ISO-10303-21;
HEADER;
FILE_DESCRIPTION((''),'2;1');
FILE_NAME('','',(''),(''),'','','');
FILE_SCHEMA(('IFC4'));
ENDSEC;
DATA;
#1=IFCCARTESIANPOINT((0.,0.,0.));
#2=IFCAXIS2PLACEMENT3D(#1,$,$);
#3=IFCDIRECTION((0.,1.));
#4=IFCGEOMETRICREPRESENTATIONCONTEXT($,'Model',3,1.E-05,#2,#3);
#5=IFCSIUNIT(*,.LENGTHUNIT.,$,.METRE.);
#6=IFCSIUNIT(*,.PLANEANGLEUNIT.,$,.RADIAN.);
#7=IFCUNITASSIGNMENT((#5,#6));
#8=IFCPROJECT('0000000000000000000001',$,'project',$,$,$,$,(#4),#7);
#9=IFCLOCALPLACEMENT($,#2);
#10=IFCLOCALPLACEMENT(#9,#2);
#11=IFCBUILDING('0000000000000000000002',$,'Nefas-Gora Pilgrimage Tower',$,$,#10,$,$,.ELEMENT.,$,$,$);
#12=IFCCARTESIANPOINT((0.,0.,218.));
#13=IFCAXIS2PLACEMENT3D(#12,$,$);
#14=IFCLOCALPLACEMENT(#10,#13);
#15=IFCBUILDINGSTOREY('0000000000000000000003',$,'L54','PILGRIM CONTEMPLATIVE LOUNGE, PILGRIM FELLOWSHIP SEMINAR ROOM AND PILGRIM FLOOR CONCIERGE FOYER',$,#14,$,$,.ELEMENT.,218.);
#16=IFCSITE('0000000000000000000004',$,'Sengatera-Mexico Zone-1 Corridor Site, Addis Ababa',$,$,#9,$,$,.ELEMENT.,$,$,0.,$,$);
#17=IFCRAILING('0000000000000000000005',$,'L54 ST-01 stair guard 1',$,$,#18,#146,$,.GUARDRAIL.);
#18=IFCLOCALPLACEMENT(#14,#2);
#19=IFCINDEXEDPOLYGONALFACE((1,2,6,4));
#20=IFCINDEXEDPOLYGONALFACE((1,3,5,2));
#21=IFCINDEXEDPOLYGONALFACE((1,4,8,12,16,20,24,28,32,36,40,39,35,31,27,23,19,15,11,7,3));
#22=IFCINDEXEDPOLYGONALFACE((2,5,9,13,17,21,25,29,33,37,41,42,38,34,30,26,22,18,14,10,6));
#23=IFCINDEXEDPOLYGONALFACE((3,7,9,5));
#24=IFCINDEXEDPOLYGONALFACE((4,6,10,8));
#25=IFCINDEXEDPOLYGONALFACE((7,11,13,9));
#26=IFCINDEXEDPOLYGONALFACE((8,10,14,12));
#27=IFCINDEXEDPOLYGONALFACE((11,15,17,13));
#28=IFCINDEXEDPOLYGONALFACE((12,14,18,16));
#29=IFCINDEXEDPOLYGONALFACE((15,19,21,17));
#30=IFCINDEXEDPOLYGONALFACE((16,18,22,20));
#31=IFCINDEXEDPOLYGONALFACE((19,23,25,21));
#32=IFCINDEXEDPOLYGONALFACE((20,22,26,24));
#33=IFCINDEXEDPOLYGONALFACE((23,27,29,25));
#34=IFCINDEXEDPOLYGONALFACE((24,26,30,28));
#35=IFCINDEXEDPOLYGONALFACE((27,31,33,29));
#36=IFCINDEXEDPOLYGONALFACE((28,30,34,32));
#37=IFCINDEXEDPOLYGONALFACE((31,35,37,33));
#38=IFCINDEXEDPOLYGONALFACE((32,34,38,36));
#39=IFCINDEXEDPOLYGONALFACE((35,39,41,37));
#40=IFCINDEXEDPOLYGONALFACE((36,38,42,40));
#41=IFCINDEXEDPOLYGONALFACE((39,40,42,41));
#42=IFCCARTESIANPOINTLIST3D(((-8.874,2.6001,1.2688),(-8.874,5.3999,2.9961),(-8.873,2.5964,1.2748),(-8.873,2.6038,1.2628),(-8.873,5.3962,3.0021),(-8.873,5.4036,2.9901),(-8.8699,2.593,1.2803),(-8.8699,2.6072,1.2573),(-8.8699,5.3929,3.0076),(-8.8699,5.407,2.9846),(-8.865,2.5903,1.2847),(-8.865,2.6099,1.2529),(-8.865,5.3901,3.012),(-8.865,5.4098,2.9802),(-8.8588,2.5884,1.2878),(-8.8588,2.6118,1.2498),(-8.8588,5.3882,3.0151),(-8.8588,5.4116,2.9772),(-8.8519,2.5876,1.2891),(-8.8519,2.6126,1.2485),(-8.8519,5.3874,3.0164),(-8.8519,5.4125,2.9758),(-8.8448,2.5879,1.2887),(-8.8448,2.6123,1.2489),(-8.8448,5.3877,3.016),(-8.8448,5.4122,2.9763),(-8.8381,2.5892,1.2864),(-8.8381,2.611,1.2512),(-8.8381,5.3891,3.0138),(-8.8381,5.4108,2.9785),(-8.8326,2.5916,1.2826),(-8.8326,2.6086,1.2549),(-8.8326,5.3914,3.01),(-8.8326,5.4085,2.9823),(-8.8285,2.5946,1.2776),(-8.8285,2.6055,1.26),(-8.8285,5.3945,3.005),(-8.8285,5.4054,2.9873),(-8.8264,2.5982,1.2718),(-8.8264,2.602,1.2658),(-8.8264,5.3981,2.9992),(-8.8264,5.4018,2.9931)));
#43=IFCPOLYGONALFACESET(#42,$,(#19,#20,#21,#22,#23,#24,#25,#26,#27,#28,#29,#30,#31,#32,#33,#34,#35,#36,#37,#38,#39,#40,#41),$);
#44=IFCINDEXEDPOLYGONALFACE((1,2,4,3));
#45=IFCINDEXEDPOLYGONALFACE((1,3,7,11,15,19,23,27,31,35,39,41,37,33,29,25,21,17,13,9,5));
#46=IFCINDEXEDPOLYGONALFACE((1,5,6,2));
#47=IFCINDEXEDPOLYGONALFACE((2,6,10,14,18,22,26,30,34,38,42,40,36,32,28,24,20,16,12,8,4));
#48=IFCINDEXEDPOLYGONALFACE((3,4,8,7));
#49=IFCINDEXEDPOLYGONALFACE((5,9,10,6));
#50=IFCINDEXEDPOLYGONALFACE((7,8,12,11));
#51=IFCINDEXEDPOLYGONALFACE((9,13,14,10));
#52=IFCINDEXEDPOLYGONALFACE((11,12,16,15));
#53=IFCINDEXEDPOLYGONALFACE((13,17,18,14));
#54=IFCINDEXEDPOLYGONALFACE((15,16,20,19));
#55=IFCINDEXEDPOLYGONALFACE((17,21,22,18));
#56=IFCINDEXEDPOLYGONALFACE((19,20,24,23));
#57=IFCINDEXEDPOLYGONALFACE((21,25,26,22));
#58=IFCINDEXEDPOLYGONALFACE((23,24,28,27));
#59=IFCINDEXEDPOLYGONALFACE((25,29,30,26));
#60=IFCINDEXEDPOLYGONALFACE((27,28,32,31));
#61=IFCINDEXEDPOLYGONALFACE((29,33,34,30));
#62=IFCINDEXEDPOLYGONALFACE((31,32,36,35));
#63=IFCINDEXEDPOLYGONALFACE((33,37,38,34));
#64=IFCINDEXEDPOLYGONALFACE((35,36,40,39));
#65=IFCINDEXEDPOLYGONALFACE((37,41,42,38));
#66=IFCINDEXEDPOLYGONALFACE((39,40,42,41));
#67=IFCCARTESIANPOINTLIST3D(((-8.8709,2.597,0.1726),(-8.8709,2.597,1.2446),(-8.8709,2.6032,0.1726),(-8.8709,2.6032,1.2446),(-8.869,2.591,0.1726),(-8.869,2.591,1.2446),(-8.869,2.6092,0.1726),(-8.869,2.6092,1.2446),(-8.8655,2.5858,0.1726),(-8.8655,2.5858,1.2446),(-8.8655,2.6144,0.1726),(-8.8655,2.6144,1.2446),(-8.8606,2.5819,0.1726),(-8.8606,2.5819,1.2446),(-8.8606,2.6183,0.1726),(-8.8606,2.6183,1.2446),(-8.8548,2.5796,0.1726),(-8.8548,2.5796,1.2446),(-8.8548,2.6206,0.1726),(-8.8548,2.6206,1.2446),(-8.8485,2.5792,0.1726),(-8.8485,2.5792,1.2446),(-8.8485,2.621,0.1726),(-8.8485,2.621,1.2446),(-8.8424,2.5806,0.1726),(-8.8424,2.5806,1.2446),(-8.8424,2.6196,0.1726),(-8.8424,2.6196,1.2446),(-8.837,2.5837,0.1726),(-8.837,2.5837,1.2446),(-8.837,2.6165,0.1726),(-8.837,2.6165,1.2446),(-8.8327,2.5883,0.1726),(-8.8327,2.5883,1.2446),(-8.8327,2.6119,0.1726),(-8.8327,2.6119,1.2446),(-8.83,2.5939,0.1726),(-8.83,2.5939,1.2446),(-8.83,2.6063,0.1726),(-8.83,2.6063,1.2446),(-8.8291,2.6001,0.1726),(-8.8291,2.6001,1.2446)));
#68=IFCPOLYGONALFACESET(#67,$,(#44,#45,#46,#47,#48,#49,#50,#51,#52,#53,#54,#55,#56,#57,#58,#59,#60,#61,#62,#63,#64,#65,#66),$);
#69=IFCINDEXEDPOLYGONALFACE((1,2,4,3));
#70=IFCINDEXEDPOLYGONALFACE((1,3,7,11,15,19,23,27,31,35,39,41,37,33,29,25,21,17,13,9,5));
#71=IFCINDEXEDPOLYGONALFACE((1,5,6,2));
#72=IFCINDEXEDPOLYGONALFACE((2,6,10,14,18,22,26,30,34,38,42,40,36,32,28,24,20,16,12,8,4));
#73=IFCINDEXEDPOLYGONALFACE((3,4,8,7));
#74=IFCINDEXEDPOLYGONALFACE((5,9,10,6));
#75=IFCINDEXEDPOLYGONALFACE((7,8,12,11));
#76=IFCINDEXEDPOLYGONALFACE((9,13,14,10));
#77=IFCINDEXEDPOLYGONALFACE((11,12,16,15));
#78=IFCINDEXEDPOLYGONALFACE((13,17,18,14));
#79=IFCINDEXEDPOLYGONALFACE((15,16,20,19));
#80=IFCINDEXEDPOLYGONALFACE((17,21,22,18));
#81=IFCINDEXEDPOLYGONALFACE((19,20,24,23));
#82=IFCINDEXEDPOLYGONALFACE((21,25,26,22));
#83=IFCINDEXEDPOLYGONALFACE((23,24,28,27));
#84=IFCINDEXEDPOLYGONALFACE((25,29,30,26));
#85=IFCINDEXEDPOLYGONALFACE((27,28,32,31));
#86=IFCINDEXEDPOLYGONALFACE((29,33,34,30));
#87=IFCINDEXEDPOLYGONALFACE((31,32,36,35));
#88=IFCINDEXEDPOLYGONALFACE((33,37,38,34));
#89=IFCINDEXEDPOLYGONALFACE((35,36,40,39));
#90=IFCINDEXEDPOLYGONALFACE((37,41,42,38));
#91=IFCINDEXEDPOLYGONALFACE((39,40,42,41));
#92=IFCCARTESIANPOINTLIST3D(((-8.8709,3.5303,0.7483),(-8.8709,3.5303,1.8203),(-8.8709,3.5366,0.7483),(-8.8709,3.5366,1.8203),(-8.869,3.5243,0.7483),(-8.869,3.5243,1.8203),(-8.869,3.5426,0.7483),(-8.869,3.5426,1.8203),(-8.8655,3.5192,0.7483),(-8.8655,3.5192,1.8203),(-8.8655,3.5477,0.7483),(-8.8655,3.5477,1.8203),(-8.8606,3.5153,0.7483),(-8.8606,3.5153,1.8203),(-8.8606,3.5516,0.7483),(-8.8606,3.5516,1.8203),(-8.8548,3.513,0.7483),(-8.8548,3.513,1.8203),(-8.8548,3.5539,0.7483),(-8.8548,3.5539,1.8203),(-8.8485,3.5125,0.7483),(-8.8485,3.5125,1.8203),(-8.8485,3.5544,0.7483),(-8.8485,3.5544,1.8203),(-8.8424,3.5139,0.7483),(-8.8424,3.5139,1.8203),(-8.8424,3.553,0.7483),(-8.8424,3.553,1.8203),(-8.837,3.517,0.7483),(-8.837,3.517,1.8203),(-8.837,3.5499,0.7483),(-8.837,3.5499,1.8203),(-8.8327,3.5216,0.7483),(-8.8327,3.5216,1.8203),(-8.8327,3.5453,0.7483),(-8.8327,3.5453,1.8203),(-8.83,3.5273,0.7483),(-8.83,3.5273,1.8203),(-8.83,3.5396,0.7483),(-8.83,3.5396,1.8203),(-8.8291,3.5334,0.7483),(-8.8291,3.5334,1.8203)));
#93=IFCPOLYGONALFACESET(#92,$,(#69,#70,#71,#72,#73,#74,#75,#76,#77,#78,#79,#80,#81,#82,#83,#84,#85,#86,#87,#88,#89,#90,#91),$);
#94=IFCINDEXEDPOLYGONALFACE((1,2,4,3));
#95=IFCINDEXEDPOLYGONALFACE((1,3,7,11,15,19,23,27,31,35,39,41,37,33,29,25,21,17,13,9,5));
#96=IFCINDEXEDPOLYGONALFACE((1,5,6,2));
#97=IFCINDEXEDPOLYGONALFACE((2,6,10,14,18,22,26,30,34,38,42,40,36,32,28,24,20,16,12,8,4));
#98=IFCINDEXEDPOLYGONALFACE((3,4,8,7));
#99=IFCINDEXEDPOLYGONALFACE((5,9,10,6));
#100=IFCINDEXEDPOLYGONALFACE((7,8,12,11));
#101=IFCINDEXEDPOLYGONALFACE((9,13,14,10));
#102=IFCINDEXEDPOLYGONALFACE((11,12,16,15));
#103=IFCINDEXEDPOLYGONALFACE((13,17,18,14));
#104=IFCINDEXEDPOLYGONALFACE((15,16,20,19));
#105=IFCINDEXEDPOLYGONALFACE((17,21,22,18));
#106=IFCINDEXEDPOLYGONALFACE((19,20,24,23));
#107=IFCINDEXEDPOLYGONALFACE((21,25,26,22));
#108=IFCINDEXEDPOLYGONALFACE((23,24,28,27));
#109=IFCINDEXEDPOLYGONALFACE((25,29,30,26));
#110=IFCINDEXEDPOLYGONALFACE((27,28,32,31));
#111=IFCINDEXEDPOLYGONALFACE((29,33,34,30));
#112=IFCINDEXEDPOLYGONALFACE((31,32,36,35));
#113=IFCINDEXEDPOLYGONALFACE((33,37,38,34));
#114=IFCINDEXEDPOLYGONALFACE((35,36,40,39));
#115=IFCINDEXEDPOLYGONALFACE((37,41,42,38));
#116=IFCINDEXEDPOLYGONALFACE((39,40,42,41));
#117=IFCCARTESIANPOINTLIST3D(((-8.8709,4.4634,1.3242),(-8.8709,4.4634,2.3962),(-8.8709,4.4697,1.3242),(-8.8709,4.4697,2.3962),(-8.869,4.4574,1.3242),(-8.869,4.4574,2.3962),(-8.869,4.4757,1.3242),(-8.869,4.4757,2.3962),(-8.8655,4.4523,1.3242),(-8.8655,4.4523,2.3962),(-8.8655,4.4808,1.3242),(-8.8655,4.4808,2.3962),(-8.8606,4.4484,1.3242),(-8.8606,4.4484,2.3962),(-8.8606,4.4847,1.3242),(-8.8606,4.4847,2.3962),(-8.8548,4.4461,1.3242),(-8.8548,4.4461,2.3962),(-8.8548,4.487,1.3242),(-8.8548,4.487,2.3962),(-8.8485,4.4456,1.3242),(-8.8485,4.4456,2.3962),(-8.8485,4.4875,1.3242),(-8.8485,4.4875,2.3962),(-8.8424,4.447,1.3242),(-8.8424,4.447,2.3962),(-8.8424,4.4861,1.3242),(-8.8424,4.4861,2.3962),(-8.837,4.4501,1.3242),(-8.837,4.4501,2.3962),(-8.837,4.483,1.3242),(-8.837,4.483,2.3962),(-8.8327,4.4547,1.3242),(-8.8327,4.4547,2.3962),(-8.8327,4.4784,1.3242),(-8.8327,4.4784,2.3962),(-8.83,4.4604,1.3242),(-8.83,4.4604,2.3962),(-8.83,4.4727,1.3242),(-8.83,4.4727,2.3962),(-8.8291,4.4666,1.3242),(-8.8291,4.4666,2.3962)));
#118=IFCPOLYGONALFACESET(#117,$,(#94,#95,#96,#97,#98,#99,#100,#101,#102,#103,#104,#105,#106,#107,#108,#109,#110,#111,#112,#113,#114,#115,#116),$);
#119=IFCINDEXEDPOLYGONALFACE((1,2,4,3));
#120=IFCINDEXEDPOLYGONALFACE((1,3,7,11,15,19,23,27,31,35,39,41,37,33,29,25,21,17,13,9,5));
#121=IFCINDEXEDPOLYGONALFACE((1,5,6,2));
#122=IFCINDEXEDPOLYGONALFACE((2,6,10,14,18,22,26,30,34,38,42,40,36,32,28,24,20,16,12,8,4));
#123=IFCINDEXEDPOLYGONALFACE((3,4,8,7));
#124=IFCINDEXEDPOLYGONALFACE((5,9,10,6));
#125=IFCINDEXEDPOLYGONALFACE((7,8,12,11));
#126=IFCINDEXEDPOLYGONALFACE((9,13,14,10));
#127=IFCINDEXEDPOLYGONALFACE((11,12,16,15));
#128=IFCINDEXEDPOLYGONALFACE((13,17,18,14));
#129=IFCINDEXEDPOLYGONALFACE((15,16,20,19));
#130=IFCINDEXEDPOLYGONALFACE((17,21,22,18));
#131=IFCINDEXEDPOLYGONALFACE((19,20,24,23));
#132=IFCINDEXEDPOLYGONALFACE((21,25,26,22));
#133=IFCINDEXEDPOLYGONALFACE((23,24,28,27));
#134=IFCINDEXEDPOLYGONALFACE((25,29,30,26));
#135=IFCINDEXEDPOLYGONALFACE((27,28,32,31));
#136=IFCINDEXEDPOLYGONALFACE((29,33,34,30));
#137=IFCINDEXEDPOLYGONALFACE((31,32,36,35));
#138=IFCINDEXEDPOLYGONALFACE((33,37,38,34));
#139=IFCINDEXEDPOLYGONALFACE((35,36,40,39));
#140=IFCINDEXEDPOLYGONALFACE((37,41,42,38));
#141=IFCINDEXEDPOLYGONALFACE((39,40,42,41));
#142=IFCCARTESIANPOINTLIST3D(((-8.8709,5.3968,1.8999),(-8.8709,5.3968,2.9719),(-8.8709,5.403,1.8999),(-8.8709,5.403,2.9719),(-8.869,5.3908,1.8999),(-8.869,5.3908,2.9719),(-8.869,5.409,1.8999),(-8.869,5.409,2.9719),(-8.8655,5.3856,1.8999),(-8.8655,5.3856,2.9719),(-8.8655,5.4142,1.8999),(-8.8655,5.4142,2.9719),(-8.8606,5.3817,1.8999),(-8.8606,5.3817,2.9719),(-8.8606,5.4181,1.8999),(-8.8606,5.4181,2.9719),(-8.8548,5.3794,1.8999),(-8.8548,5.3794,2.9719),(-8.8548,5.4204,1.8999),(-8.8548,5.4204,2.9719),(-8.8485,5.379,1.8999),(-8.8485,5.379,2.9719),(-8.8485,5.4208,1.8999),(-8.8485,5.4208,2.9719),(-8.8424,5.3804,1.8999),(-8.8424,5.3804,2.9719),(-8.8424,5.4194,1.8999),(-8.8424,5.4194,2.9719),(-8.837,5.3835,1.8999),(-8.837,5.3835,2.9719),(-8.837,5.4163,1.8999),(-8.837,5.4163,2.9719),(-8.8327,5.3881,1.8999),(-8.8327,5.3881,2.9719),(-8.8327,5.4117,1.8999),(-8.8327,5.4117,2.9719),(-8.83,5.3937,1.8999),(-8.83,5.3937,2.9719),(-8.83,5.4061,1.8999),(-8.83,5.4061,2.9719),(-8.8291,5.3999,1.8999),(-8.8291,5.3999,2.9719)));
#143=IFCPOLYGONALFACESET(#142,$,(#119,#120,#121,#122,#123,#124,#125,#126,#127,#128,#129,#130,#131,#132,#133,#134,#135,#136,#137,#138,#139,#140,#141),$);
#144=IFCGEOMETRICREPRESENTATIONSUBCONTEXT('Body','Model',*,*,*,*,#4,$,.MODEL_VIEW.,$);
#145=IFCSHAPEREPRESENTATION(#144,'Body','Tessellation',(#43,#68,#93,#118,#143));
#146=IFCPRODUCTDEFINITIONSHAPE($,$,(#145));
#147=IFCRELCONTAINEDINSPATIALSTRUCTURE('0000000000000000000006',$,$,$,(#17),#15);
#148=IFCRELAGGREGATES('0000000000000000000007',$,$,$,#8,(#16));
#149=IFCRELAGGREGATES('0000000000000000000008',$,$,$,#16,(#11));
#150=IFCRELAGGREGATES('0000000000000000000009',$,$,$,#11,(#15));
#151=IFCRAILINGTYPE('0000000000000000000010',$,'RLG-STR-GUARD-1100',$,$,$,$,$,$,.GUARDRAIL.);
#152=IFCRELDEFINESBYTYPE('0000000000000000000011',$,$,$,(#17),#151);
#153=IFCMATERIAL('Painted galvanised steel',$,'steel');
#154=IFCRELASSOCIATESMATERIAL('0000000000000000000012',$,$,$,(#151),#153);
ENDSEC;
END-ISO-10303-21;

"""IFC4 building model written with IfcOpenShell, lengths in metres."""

from ifc_helpers import new_model, si_unit, direction, frame, origin, origin_2d, place, context, subcontext, project, spatial, circle, extrude, material, type_object, element, save


model = new_model("IFC4")

# Units and contexts
model_context = context("Model", 3, precision=1e-05, world=origin(), true_north=direction((0.0, 1.0)))
body_context = subcontext(model_context, "Body", "Model", "MODEL_VIEW")
ifc_project = project(units=[si_unit("LENGTHUNIT", "METRE"), si_unit("PLANEANGLEUNIT", "RADIAN")], contexts=[model_context])

# Site, building, storey
site_placement = place(None, origin())
site = spatial("IfcSite", under=ifc_project, at=site_placement, Name="Sengatera-Mexico Zone-1 Corridor Site, Addis Ababa", CompositionType="ELEMENT", RefElevation=0.0)
building_placement = place(site_placement, origin())
building = spatial("IfcBuilding", under=site, at=building_placement, Name="Nefas-Gora Pilgrimage Tower", CompositionType="ELEMENT")
storey_placement = place(building_placement, frame((0.0, 0.0, 218.0)))
storey = spatial("IfcBuildingStorey", under=building, at=storey_placement, Name="L54", Description="PILGRIM CONTEMPLATIVE LOUNGE, PILGRIM FELLOWSHIP SEMINAR ROOM AND PILGRIM FLOOR CONCIERGE FOYER", CompositionType="ELEMENT", Elevation=218.0)

# Railing
ifc_material_1 = material(Name="Painted galvanised steel", Category="steel")
railing_type_1 = type_object("IfcRailingType", Name="RLG-STR-GUARD-1100", PredefinedType="GUARDRAIL", material=ifc_material_1)
railing_1_placement = place(storey_placement, frame((-8.8501, 2.6001, 0.1726)))
element("IfcRailing", 1, at=railing_1_placement, inside=storey, type_object=railing_type_1, Name="L54 ST-01 stair guard 1", PredefinedType="GUARDRAIL", context=body_context, shape_type="SweptSolid", body=[
    extrude(circle(Radius=0.0239, at=origin_2d()), frame((0.0, 0.0, 1.0962), z_axis=(0.0, 0.851069, 0.525054), x_axis=(-1.0, 0.0, 0.0)), (0.0, 0.0, 1.0), 3.2898),
    extrude(circle(Radius=0.021, at=origin_2d()), origin(), (0.0, 0.0, 1.0), 1.072),
    extrude(circle(Radius=0.021, at=origin_2d()), frame((0.0, 0.9333, 0.5757)), (0.0, 0.0, 1.0), 1.072),
    extrude(circle(Radius=0.021, at=origin_2d()), frame((0.0, 1.8665, 1.1516)), (0.0, 0.0, 1.0), 1.072),
    extrude(circle(Radius=0.021, at=origin_2d()), frame((0.0, 2.7998, 1.7273)), (0.0, 0.0, 1.0), 1.072),
])

save(model, "model.ifc")
